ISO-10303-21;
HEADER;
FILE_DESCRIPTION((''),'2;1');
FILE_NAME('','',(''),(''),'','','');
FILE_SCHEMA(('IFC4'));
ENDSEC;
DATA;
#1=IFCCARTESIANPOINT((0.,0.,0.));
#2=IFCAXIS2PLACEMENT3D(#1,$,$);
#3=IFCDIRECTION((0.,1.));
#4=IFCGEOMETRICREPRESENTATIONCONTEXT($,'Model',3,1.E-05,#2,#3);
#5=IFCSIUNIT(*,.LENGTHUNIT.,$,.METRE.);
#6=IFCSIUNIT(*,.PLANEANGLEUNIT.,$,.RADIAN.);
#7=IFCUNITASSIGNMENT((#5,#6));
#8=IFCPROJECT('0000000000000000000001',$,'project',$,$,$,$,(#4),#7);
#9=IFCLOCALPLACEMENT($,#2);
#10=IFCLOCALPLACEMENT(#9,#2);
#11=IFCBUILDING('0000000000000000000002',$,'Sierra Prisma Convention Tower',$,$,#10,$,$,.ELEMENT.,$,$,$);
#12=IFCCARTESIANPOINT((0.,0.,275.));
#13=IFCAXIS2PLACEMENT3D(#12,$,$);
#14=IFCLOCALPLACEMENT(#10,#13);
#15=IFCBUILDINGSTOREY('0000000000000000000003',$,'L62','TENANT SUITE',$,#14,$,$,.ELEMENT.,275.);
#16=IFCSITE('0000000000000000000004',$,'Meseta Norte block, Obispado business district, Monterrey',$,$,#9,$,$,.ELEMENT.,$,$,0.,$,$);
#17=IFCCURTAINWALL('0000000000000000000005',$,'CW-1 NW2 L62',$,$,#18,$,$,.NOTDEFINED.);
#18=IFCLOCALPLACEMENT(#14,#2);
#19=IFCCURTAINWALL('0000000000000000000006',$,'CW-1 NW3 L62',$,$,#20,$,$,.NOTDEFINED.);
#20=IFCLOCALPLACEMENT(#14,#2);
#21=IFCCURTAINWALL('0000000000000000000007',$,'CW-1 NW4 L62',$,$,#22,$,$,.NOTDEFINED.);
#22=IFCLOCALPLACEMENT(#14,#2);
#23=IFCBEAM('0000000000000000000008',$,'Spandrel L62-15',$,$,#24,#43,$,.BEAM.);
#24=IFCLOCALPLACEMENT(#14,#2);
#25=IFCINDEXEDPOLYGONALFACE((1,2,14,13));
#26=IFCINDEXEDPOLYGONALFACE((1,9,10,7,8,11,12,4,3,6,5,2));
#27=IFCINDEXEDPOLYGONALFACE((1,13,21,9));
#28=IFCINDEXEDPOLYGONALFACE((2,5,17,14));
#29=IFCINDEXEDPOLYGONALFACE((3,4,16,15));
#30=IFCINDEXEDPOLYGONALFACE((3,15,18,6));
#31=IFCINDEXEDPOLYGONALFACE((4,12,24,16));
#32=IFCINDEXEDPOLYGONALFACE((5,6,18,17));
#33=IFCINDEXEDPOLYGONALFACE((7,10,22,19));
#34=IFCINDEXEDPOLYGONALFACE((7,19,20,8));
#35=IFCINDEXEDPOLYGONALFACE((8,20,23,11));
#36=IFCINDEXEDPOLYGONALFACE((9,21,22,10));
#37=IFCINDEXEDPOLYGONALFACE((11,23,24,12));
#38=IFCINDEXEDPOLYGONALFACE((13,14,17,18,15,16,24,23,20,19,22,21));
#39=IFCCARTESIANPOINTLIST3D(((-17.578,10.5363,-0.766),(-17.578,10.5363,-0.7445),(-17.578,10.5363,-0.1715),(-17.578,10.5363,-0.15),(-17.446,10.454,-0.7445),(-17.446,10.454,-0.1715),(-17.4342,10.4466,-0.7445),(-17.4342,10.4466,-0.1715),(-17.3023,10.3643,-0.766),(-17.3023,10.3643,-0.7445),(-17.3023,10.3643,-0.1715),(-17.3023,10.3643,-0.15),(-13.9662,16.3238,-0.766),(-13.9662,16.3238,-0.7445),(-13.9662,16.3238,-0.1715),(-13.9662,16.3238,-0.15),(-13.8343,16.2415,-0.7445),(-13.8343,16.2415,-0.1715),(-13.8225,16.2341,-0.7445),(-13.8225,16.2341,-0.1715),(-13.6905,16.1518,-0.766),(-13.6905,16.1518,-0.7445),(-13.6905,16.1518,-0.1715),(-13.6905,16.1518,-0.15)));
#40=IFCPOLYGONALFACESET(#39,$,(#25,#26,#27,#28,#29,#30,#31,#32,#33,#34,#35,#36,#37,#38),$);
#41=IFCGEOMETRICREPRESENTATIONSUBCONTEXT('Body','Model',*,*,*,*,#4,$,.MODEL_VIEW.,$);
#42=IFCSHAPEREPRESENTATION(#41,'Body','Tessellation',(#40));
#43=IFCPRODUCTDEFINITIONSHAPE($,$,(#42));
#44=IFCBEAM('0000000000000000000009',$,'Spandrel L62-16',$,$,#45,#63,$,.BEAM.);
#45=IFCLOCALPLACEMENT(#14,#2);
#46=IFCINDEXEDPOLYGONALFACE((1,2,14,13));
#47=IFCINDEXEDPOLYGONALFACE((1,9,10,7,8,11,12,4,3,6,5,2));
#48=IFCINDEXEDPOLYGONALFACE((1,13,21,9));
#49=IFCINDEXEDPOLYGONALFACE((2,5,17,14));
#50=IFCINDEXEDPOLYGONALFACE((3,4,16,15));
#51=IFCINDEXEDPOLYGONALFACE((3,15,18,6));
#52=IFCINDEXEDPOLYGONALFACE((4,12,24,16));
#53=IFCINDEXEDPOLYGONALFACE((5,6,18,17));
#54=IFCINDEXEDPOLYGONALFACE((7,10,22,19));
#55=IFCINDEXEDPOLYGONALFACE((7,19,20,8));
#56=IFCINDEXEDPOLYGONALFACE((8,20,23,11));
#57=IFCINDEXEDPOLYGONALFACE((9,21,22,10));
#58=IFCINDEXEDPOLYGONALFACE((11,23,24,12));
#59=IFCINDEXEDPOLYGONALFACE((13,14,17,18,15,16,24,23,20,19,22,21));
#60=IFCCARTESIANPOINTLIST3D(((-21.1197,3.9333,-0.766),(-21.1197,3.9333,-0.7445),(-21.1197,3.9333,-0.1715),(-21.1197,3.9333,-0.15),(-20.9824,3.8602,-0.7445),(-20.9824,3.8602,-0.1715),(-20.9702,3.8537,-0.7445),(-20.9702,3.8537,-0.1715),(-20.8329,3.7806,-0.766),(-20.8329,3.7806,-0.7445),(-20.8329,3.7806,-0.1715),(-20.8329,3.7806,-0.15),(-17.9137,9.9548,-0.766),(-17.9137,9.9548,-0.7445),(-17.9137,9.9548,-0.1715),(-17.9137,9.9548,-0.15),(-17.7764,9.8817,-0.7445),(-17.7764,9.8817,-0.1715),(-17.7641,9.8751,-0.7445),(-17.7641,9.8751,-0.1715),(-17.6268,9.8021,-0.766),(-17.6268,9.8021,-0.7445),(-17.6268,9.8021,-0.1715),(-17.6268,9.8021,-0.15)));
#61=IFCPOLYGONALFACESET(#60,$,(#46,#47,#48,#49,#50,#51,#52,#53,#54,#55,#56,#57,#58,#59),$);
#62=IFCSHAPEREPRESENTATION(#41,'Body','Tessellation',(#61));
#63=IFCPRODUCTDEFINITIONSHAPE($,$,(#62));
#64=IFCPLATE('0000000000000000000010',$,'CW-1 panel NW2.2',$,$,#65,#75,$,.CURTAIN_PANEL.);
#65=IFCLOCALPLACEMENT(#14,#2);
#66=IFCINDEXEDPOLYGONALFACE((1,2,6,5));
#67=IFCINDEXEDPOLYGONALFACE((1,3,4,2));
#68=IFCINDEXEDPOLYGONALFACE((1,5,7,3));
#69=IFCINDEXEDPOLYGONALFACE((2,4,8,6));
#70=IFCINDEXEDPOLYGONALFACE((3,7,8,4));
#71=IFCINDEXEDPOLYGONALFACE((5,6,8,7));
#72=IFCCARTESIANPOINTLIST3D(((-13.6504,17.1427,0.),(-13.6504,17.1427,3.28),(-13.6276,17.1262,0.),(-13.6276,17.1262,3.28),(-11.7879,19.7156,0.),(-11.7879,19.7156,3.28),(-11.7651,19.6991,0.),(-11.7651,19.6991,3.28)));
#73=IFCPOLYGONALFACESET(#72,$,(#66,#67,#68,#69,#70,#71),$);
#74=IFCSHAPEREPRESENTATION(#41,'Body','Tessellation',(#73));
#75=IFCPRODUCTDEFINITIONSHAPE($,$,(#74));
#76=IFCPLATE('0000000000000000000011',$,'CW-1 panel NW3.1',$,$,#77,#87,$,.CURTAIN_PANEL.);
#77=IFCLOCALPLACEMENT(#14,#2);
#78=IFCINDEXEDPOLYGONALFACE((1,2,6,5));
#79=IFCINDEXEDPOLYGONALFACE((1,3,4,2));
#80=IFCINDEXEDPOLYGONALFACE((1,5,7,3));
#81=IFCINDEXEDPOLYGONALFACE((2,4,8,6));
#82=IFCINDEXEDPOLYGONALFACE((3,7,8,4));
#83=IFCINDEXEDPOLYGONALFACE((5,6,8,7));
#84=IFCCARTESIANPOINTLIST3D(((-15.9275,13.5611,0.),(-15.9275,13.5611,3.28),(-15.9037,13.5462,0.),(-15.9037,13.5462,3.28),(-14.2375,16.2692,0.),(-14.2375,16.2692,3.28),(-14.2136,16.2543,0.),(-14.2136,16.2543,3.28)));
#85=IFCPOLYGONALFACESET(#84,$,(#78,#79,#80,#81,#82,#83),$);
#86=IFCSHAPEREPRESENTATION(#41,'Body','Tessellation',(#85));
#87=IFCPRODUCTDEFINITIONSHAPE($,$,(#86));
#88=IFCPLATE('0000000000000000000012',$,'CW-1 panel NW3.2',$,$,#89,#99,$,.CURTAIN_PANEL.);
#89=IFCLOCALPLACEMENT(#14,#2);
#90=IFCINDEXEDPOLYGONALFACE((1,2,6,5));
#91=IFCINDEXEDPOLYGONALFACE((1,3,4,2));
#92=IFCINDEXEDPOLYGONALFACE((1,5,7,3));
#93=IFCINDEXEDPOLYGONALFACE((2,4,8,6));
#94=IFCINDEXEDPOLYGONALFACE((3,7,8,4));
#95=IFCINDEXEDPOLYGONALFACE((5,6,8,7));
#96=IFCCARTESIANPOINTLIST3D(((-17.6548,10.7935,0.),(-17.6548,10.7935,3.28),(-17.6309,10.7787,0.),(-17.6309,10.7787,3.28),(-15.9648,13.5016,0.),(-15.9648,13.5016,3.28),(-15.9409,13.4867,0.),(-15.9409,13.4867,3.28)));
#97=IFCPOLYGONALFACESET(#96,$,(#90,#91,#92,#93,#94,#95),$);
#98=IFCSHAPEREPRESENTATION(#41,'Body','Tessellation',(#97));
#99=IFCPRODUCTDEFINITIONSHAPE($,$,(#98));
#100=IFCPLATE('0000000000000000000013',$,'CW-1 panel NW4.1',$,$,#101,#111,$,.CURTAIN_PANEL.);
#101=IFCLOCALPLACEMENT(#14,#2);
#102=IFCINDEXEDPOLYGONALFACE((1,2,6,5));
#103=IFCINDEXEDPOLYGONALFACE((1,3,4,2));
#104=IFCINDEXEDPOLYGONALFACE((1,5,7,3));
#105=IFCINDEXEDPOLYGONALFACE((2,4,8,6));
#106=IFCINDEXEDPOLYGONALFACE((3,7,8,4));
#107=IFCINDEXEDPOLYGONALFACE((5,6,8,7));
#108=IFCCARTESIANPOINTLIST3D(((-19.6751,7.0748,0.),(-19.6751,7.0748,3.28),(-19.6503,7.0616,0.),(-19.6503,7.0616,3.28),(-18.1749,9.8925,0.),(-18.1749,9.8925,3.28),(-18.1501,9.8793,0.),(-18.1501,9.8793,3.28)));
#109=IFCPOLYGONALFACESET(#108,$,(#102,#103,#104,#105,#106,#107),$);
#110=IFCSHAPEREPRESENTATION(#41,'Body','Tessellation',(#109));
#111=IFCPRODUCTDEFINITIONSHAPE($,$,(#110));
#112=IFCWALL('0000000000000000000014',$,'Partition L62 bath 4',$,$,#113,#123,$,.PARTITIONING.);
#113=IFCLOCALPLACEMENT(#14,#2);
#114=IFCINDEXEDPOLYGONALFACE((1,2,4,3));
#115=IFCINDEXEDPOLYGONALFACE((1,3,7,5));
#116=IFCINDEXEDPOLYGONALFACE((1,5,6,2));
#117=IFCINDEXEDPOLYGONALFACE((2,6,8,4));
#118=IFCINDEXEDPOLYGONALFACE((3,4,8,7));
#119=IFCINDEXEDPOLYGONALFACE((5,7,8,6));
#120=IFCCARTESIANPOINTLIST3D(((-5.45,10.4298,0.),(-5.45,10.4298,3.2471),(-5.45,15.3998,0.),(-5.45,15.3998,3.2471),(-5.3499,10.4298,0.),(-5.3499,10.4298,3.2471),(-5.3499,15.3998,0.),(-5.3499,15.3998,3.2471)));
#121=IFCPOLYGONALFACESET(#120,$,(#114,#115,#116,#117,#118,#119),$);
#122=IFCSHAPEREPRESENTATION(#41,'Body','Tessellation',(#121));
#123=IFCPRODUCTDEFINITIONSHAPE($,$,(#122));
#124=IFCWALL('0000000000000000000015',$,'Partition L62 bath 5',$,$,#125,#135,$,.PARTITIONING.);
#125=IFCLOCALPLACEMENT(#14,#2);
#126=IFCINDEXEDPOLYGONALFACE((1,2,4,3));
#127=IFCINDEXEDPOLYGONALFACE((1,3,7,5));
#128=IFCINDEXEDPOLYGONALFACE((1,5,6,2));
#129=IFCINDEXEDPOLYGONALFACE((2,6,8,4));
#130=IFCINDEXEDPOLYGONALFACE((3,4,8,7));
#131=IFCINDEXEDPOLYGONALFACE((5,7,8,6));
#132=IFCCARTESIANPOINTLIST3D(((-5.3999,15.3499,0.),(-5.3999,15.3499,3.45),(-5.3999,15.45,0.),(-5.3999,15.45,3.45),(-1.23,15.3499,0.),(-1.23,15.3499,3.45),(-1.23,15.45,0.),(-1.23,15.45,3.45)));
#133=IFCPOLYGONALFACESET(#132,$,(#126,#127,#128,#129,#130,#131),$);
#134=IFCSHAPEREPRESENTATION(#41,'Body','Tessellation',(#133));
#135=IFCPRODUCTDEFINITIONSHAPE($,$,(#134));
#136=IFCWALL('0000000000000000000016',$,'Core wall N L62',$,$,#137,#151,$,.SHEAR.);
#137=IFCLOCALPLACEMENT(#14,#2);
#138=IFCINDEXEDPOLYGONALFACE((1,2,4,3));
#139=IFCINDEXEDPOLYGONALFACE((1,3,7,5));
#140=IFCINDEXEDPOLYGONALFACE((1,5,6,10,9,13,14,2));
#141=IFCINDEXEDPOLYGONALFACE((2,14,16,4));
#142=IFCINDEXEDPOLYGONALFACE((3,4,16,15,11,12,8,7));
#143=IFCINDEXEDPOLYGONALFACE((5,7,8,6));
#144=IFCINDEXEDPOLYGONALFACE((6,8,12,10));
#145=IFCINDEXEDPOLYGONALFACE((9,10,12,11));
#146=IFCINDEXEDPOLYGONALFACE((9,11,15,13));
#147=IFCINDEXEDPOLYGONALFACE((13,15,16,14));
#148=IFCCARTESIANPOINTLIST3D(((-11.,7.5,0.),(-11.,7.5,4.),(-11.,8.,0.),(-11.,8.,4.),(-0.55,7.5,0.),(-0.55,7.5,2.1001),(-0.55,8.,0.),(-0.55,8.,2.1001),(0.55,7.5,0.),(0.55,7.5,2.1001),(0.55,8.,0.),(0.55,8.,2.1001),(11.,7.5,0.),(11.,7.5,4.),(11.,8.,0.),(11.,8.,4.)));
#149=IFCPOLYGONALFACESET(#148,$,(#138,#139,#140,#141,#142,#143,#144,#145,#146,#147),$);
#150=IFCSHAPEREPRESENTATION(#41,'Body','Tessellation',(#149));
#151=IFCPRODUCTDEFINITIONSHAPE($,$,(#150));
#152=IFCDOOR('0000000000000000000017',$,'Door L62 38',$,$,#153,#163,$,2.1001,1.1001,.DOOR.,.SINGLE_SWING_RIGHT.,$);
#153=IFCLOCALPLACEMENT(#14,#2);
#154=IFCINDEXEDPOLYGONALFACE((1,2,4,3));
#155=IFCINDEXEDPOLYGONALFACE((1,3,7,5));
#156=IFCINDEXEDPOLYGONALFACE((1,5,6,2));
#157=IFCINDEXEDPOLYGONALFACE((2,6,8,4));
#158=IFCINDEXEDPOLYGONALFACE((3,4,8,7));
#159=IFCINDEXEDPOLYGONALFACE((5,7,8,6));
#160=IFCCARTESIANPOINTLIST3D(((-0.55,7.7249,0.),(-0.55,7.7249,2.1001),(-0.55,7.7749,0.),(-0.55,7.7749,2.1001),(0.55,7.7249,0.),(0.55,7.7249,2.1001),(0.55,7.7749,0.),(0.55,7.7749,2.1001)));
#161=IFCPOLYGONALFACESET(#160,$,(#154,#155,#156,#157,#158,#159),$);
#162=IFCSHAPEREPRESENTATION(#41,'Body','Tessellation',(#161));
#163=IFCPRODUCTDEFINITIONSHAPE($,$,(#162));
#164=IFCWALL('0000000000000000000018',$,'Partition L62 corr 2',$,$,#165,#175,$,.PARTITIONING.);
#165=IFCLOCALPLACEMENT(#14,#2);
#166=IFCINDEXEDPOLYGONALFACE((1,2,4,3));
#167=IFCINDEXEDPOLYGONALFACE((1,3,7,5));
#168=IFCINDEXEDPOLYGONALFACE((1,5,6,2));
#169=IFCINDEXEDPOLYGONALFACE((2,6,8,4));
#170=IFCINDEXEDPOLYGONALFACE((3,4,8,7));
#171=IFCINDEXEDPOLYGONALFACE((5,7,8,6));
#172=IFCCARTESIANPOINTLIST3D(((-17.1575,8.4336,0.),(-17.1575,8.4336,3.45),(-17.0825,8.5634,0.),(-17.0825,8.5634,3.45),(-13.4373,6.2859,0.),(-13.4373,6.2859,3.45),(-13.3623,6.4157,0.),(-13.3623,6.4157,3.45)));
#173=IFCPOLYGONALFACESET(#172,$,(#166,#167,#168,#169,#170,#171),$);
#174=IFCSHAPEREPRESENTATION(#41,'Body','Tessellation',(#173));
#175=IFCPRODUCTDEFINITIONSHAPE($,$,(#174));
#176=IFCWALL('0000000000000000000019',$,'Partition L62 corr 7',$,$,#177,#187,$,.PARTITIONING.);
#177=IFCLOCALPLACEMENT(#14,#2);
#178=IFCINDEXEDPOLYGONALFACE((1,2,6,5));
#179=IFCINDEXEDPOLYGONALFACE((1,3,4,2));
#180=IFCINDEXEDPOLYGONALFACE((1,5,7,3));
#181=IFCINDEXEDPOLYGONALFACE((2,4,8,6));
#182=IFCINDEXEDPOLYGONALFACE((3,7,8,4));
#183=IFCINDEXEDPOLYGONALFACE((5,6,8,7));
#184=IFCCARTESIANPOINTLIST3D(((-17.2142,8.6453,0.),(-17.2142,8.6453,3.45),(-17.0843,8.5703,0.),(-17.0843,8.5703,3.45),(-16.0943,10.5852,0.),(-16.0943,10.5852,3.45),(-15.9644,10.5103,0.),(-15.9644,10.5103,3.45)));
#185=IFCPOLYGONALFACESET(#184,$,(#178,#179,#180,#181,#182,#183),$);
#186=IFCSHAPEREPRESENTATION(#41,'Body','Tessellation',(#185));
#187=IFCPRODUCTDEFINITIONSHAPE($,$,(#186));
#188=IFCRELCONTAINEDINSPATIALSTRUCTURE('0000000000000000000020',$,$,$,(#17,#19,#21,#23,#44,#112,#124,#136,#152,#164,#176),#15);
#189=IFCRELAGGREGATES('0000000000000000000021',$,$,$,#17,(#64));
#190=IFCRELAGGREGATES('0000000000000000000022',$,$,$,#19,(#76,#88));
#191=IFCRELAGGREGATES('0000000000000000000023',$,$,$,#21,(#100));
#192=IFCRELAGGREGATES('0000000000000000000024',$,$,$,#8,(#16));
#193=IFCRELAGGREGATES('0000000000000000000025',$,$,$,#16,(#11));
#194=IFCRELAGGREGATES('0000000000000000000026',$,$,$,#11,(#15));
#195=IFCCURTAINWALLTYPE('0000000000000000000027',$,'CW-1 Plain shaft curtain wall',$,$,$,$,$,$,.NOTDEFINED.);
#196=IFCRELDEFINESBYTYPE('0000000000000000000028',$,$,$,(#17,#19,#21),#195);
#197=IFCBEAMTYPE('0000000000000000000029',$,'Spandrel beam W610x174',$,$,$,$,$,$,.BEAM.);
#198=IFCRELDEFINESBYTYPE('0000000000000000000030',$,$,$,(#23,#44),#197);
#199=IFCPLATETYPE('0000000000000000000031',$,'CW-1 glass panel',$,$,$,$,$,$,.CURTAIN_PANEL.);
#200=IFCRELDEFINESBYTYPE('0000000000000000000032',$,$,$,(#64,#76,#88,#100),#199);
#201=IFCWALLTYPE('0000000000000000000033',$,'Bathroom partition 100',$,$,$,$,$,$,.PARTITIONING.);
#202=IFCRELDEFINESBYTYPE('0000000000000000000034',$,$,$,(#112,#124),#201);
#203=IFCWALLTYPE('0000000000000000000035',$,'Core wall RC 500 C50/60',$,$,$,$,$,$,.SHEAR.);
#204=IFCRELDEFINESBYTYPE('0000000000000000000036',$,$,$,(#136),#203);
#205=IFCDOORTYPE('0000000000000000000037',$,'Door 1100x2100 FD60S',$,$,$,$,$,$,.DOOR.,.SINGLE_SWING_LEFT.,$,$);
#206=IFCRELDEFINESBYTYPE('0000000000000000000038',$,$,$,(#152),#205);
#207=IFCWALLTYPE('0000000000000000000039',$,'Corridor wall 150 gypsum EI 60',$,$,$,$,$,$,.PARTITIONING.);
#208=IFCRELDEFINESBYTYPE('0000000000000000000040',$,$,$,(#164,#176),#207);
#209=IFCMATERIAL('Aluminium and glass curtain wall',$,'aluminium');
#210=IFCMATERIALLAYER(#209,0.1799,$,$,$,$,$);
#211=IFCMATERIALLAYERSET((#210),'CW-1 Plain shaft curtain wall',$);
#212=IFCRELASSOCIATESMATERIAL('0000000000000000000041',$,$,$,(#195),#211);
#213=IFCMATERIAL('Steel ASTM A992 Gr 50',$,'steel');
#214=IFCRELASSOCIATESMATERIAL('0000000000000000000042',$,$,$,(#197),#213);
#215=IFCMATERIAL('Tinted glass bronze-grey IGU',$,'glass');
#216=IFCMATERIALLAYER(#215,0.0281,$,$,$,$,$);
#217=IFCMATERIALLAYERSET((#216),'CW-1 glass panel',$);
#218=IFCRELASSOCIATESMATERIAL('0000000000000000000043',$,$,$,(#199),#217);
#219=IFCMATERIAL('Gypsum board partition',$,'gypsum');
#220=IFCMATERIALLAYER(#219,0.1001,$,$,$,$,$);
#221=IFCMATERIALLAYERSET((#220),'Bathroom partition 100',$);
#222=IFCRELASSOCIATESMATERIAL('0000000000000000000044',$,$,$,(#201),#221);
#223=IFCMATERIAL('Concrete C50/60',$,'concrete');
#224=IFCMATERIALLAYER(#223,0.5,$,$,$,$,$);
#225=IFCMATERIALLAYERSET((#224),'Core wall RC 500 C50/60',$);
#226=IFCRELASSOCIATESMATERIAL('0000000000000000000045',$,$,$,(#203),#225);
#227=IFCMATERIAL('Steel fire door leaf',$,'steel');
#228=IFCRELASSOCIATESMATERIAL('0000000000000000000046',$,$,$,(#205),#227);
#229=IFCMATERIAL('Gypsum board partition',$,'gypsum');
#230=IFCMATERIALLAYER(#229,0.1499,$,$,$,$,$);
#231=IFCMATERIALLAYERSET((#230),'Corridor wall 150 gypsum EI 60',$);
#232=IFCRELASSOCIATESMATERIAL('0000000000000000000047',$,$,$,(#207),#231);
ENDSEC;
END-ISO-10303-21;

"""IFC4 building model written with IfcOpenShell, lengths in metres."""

from ifc_helpers import new_model, si_unit, direction, frame, frame_2d, origin, origin_2d, place, context, subcontext, project, spatial, rectangle, i_section, extrude, material, layer, layer_set, material_profile, profile_set, type_object, element, fill, aggregate, save


model = new_model("IFC4")

# Units and contexts
model_context = context("Model", 3, precision=1e-05, world=origin(), true_north=direction((0.0, 1.0)))
body_context = subcontext(model_context, "Body", "Model", "MODEL_VIEW")
ifc_project = project(units=[si_unit("LENGTHUNIT", "METRE"), si_unit("PLANEANGLEUNIT", "RADIAN")], contexts=[model_context])

# Site, building, storey
site_placement = place(None, origin())
site = spatial("IfcSite", under=ifc_project, at=site_placement, Name="Meseta Norte block, Obispado business district, Monterrey", CompositionType="ELEMENT", RefElevation=0.0)
building_placement = place(site_placement, origin())
building = spatial("IfcBuilding", under=site, at=building_placement, Name="Sierra Prisma Convention Tower", CompositionType="ELEMENT")
storey_placement = place(building_placement, frame((0.0, 0.0, 275.0)))
storey = spatial("IfcBuildingStorey", under=building, at=storey_placement, Name="L62", Description="TENANT SUITE", CompositionType="ELEMENT", Elevation=275.0)

# Curtain wall
ifc_material_1 = material(Name="Aluminium and glass curtain wall", Category="aluminium")
ifc_layer_1 = layer(ifc_material_1, 0.1799)
ifc_layer_set_1 = layer_set([ifc_layer_1], Name="CW-1 Plain shaft curtain wall")
curtain_wall_type = type_object("IfcCurtainWallType", Name="CW-1 Plain shaft curtain wall", PredefinedType="NOTDEFINED", material=ifc_layer_set_1)
curtain_wall_1_placement = place(storey_placement, origin())
curtain_wall_1 = element("IfcCurtainWall", 1, at=curtain_wall_1_placement, inside=storey, type_object=curtain_wall_type, Name="CW-1 NW2 L62", PredefinedType="NOTDEFINED")

# Curtain wall
curtain_wall_2_placement = place(storey_placement, origin())
curtain_wall_2 = element("IfcCurtainWall", 2, at=curtain_wall_2_placement, inside=storey, type_object=curtain_wall_type, Name="CW-1 NW3 L62", PredefinedType="NOTDEFINED")

# Curtain wall
curtain_wall_3_placement = place(storey_placement, origin())
curtain_wall_3 = element("IfcCurtainWall", 3, at=curtain_wall_3_placement, inside=storey, type_object=curtain_wall_type, Name="CW-1 NW4 L62", PredefinedType="NOTDEFINED")

# Beams
ifc_material_2 = material(Name="Steel ASTM A992 Gr 50", Category="steel")
ifc_material_profile_1 = material_profile(ifc_material_2, i_section(OverallWidth=0.325, OverallDepth=0.616, WebThickness=0.0139, FlangeThickness=0.0215, at=origin_2d()), Name="W610x174")
ifc_profile_set_1 = profile_set([ifc_material_profile_1], Name="Steel ASTM A992 Gr 50")
beam_type_1 = type_object("IfcBeamType", Name="Spandrel beam W610x174", PredefinedType="BEAM", material=ifc_profile_set_1)
beam_1_placement = place(storey_placement, frame((-13.8284, 16.2378, -0.458), z_axis=(-0.529426, -0.848356, 0.0), x_axis=(0.848356, -0.529426, 0.0)))
element("IfcBeam", 4, at=beam_1_placement, inside=storey, type_object=beam_type_1, Name="Spandrel L62-15", PredefinedType="BEAM", context=body_context, shape_type="SweptSolid", body=[
    extrude(i_section(OverallWidth=0.325, OverallDepth=0.616, WebThickness=0.0139, FlangeThickness=0.0215, at=origin_2d()), origin(), (0.0, 0.0, 1.0), 6.822),
])
beam_2_placement = place(storey_placement, frame((-17.7703, 9.8784, -0.458), z_axis=(-0.469971, -0.882682, 0.0), x_axis=(0.882682, -0.469971, 0.0)))
element("IfcBeam", 5, at=beam_2_placement, inside=storey, type_object=beam_type_1, Name="Spandrel L62-16", PredefinedType="BEAM", context=body_context, shape_type="SweptSolid", body=[
    extrude(i_section(OverallWidth=0.325, OverallDepth=0.616, WebThickness=0.0139, FlangeThickness=0.0215, at=origin_2d()), origin(), (0.0, 0.0, 1.0), 6.8218),
])

# Plates
ifc_material_3 = material(Name="Tinted glass bronze-grey IGU", Category="glass")
ifc_layer_2 = layer(ifc_material_3, 0.0281)
ifc_layer_set_2 = layer_set([ifc_layer_2], Name="CW-1 glass panel")
plate_type = type_object("IfcPlateType", Name="CW-1 glass panel", PredefinedType="CURTAIN_PANEL", material=ifc_layer_set_2)
plate_1_placement = place(storey_placement, frame((-12.7078, 18.4209, 0.0), z_axis=(0.0, 0.0, 1.0), x_axis=(-0.586377, -0.810038, 0.0)))
plate_1 = element("IfcPlate", 6, at=plate_1_placement, type_object=plate_type, Name="CW-1 panel NW2.2", PredefinedType="CURTAIN_PANEL", context=body_context, shape_type="SweptSolid", body=[
    extrude(rectangle(XDim=3.1763, YDim=0.0281, at=origin_2d()), origin(), (0.0, 0.0, 1.0), 3.28),
])
aggregate(curtain_wall_1, [plate_1])
plate_2_placement = place(storey_placement, frame((-15.0706, 14.9077, 0.0), z_axis=(0.0, 0.0, 1.0), x_axis=(-0.529428, -0.848355, 0.0)))
plate_2 = element("IfcPlate", 7, at=plate_2_placement, type_object=plate_type, Name="CW-1 panel NW3.1", PredefinedType="CURTAIN_PANEL", context=body_context, shape_type="SweptSolid", body=[
    extrude(rectangle(XDim=3.1921, YDim=0.0281, at=origin_2d()), origin(), (0.0, 0.0, 1.0), 3.28),
])
plate_3_placement = place(storey_placement, frame((-16.7979, 12.1401, 0.0), z_axis=(0.0, 0.0, 1.0), x_axis=(-0.529428, -0.848355, 0.0)))
plate_3 = element("IfcPlate", 8, at=plate_3_placement, type_object=plate_type, Name="CW-1 panel NW3.2", PredefinedType="CURTAIN_PANEL", context=body_context, shape_type="SweptSolid", body=[
    extrude(rectangle(XDim=3.1921, YDim=0.0281, at=origin_2d()), origin(), (0.0, 0.0, 1.0), 3.28),
])
aggregate(curtain_wall_2, [plate_2, plate_3])
plate_4_placement = place(storey_placement, frame((-18.9126, 8.4771, 0.0), z_axis=(0.0, 0.0, 1.0), x_axis=(-0.469983, -0.882675, 0.0)))
plate_4 = element("IfcPlate", 9, at=plate_4_placement, type_object=plate_type, Name="CW-1 panel NW4.1", PredefinedType="CURTAIN_PANEL", context=body_context, shape_type="SweptSolid", body=[
    extrude(rectangle(XDim=3.1921, YDim=0.0281, at=origin_2d()), origin(), (0.0, 0.0, 1.0), 3.28),
])
aggregate(curtain_wall_3, [plate_4])

# Walls
ifc_material_4 = material(Name="Gypsum board partition", Category="gypsum")
ifc_layer_3 = layer(ifc_material_4, 0.1001)
ifc_layer_set_3 = layer_set([ifc_layer_3], Name="Bathroom partition 100")
wall_type_1 = type_object("IfcWallType", Name="Bathroom partition 100", PredefinedType="PARTITIONING", material=ifc_layer_set_3)
wall_1_placement = place(storey_placement, frame((-5.3999, 10.4299, 0.0), z_axis=(0.0, 0.0, 1.0), x_axis=(0.0, 1.0, 0.0)))
element("IfcWall", 10, at=wall_1_placement, inside=storey, type_object=wall_type_1, Name="Partition L62 bath 4", PredefinedType="PARTITIONING", context=body_context, shape_type="SweptSolid", body=[
    extrude(rectangle(XDim=4.97, YDim=0.1001, at=frame_2d((2.4849, 0.0))), origin(), (0.0, 0.0, 1.0), 3.2471),
])
wall_2_placement = place(storey_placement, frame((-5.3999, 15.3999, 0.0), z_axis=(0.0, 0.0, 1.0), x_axis=(1.0, 0.0, 0.0)))
element("IfcWall", 11, at=wall_2_placement, inside=storey, type_object=wall_type_1, Name="Partition L62 bath 5", PredefinedType="PARTITIONING", context=body_context, shape_type="SweptSolid", body=[
    extrude(rectangle(XDim=4.1699, YDim=0.1001, at=frame_2d((2.085, 0.0))), origin(), (0.0, 0.0, 1.0), 3.45),
])

# Wall, opening, door
ifc_material_5 = material(Name="Concrete C50/60", Category="concrete")
ifc_layer_4 = layer(ifc_material_5, 0.5)
ifc_layer_set_4 = layer_set([ifc_layer_4], Name="Core wall RC 500 C50/60")
wall_type_2 = type_object("IfcWallType", Name="Core wall RC 500 C50/60", PredefinedType="SHEAR", material=ifc_layer_set_4)
wall_3_placement = place(storey_placement, frame((-11.0, 7.75, 0.0), z_axis=(0.0, 0.0, 1.0), x_axis=(1.0, 0.0, 0.0)))
wall_3 = element("IfcWall", 12, at=wall_3_placement, inside=storey, type_object=wall_type_2, Name="Core wall N L62", PredefinedType="SHEAR", context=body_context, shape_type="SweptSolid", body=[
    extrude(rectangle(XDim=22.0, YDim=0.5, at=frame_2d((11.0, 0.0))), origin(), (0.0, 0.0, 1.0), 4.0),
])
opening_1_placement = place(wall_3_placement, frame((10.45, 0.0, 0.0)))
opening_1 = element("IfcOpeningElement", 13, at=opening_1_placement, cuts=wall_3, PredefinedType="OPENING", context=body_context, shape_type="SweptSolid", body=[
    extrude(rectangle(XDim=1.1001, YDim=2.1001, at=frame_2d((0.55, 1.05))), frame((0.0, 0.25, 0.0), z_axis=(0.0, -1.0, 0.0), x_axis=(1.0, 0.0, 0.0)), (0.0, 0.0, 1.0), 0.5),
])
ifc_material_6 = material(Name="Steel fire door leaf", Category="steel")
door_type_1 = type_object("IfcDoorType", Name="Door 1100x2100 FD60S", OperationType="SINGLE_SWING_LEFT", PredefinedType="DOOR", material=ifc_material_6)
door_1_placement = place(opening_1_placement, origin())
door_1 = element("IfcDoor", 14, at=door_1_placement, inside=storey, type_object=door_type_1, Name="Door L62 38", OperationType="SINGLE_SWING_RIGHT", OverallHeight=2.1001, OverallWidth=1.1001, PredefinedType="DOOR", context=body_context, shape_type="SweptSolid", body=[
    extrude(rectangle(XDim=1.1001, YDim=2.1001, at=frame_2d((0.55, 1.05))), frame((0.0, 0.0249, 0.0), z_axis=(0.0, -1.0, 0.0), x_axis=(1.0, 0.0, 0.0)), (0.0, 0.0, 1.0), 0.05),
])
fill(opening_1, door_1)

# Walls
ifc_material_7 = material(Name="Gypsum board partition", Category="gypsum")
ifc_layer_5 = layer(ifc_material_7, 0.1499)
ifc_layer_set_5 = layer_set([ifc_layer_5], Name="Corridor wall 150 gypsum EI 60")
wall_type_3 = type_object("IfcWallType", Name="Corridor wall 150 gypsum EI 60", PredefinedType="PARTITIONING", material=ifc_layer_set_5)
wall_4_placement = place(storey_placement, frame((-17.1201, 8.4985, 0.0), z_axis=(0.0, 0.0, 1.0), x_axis=(0.866042, -0.499972, 0.0)))
element("IfcWall", 15, at=wall_4_placement, inside=storey, type_object=wall_type_3, Name="Partition L62 corr 2", PredefinedType="PARTITIONING", context=body_context, shape_type="SweptSolid", body=[
    extrude(rectangle(XDim=4.2957, YDim=0.1499, at=frame_2d((2.1479, 0.0))), origin(), (0.0, 0.0, 1.0), 3.45),
])
wall_5_placement = place(storey_placement, frame((-16.0293, 10.5479, 0.0), z_axis=(0.0, 0.0, 1.0), x_axis=(-0.499949, -0.866055, 0.0)))
element("IfcWall", 16, at=wall_5_placement, inside=storey, type_object=wall_type_3, Name="Partition L62 corr 7", PredefinedType="PARTITIONING", context=body_context, shape_type="SweptSolid", body=[
    extrude(rectangle(XDim=2.24, YDim=0.1499, at=frame_2d((1.1201, 0.0))), origin(), (0.0, 0.0, 1.0), 3.45),
])

save(model, "model.ifc")
